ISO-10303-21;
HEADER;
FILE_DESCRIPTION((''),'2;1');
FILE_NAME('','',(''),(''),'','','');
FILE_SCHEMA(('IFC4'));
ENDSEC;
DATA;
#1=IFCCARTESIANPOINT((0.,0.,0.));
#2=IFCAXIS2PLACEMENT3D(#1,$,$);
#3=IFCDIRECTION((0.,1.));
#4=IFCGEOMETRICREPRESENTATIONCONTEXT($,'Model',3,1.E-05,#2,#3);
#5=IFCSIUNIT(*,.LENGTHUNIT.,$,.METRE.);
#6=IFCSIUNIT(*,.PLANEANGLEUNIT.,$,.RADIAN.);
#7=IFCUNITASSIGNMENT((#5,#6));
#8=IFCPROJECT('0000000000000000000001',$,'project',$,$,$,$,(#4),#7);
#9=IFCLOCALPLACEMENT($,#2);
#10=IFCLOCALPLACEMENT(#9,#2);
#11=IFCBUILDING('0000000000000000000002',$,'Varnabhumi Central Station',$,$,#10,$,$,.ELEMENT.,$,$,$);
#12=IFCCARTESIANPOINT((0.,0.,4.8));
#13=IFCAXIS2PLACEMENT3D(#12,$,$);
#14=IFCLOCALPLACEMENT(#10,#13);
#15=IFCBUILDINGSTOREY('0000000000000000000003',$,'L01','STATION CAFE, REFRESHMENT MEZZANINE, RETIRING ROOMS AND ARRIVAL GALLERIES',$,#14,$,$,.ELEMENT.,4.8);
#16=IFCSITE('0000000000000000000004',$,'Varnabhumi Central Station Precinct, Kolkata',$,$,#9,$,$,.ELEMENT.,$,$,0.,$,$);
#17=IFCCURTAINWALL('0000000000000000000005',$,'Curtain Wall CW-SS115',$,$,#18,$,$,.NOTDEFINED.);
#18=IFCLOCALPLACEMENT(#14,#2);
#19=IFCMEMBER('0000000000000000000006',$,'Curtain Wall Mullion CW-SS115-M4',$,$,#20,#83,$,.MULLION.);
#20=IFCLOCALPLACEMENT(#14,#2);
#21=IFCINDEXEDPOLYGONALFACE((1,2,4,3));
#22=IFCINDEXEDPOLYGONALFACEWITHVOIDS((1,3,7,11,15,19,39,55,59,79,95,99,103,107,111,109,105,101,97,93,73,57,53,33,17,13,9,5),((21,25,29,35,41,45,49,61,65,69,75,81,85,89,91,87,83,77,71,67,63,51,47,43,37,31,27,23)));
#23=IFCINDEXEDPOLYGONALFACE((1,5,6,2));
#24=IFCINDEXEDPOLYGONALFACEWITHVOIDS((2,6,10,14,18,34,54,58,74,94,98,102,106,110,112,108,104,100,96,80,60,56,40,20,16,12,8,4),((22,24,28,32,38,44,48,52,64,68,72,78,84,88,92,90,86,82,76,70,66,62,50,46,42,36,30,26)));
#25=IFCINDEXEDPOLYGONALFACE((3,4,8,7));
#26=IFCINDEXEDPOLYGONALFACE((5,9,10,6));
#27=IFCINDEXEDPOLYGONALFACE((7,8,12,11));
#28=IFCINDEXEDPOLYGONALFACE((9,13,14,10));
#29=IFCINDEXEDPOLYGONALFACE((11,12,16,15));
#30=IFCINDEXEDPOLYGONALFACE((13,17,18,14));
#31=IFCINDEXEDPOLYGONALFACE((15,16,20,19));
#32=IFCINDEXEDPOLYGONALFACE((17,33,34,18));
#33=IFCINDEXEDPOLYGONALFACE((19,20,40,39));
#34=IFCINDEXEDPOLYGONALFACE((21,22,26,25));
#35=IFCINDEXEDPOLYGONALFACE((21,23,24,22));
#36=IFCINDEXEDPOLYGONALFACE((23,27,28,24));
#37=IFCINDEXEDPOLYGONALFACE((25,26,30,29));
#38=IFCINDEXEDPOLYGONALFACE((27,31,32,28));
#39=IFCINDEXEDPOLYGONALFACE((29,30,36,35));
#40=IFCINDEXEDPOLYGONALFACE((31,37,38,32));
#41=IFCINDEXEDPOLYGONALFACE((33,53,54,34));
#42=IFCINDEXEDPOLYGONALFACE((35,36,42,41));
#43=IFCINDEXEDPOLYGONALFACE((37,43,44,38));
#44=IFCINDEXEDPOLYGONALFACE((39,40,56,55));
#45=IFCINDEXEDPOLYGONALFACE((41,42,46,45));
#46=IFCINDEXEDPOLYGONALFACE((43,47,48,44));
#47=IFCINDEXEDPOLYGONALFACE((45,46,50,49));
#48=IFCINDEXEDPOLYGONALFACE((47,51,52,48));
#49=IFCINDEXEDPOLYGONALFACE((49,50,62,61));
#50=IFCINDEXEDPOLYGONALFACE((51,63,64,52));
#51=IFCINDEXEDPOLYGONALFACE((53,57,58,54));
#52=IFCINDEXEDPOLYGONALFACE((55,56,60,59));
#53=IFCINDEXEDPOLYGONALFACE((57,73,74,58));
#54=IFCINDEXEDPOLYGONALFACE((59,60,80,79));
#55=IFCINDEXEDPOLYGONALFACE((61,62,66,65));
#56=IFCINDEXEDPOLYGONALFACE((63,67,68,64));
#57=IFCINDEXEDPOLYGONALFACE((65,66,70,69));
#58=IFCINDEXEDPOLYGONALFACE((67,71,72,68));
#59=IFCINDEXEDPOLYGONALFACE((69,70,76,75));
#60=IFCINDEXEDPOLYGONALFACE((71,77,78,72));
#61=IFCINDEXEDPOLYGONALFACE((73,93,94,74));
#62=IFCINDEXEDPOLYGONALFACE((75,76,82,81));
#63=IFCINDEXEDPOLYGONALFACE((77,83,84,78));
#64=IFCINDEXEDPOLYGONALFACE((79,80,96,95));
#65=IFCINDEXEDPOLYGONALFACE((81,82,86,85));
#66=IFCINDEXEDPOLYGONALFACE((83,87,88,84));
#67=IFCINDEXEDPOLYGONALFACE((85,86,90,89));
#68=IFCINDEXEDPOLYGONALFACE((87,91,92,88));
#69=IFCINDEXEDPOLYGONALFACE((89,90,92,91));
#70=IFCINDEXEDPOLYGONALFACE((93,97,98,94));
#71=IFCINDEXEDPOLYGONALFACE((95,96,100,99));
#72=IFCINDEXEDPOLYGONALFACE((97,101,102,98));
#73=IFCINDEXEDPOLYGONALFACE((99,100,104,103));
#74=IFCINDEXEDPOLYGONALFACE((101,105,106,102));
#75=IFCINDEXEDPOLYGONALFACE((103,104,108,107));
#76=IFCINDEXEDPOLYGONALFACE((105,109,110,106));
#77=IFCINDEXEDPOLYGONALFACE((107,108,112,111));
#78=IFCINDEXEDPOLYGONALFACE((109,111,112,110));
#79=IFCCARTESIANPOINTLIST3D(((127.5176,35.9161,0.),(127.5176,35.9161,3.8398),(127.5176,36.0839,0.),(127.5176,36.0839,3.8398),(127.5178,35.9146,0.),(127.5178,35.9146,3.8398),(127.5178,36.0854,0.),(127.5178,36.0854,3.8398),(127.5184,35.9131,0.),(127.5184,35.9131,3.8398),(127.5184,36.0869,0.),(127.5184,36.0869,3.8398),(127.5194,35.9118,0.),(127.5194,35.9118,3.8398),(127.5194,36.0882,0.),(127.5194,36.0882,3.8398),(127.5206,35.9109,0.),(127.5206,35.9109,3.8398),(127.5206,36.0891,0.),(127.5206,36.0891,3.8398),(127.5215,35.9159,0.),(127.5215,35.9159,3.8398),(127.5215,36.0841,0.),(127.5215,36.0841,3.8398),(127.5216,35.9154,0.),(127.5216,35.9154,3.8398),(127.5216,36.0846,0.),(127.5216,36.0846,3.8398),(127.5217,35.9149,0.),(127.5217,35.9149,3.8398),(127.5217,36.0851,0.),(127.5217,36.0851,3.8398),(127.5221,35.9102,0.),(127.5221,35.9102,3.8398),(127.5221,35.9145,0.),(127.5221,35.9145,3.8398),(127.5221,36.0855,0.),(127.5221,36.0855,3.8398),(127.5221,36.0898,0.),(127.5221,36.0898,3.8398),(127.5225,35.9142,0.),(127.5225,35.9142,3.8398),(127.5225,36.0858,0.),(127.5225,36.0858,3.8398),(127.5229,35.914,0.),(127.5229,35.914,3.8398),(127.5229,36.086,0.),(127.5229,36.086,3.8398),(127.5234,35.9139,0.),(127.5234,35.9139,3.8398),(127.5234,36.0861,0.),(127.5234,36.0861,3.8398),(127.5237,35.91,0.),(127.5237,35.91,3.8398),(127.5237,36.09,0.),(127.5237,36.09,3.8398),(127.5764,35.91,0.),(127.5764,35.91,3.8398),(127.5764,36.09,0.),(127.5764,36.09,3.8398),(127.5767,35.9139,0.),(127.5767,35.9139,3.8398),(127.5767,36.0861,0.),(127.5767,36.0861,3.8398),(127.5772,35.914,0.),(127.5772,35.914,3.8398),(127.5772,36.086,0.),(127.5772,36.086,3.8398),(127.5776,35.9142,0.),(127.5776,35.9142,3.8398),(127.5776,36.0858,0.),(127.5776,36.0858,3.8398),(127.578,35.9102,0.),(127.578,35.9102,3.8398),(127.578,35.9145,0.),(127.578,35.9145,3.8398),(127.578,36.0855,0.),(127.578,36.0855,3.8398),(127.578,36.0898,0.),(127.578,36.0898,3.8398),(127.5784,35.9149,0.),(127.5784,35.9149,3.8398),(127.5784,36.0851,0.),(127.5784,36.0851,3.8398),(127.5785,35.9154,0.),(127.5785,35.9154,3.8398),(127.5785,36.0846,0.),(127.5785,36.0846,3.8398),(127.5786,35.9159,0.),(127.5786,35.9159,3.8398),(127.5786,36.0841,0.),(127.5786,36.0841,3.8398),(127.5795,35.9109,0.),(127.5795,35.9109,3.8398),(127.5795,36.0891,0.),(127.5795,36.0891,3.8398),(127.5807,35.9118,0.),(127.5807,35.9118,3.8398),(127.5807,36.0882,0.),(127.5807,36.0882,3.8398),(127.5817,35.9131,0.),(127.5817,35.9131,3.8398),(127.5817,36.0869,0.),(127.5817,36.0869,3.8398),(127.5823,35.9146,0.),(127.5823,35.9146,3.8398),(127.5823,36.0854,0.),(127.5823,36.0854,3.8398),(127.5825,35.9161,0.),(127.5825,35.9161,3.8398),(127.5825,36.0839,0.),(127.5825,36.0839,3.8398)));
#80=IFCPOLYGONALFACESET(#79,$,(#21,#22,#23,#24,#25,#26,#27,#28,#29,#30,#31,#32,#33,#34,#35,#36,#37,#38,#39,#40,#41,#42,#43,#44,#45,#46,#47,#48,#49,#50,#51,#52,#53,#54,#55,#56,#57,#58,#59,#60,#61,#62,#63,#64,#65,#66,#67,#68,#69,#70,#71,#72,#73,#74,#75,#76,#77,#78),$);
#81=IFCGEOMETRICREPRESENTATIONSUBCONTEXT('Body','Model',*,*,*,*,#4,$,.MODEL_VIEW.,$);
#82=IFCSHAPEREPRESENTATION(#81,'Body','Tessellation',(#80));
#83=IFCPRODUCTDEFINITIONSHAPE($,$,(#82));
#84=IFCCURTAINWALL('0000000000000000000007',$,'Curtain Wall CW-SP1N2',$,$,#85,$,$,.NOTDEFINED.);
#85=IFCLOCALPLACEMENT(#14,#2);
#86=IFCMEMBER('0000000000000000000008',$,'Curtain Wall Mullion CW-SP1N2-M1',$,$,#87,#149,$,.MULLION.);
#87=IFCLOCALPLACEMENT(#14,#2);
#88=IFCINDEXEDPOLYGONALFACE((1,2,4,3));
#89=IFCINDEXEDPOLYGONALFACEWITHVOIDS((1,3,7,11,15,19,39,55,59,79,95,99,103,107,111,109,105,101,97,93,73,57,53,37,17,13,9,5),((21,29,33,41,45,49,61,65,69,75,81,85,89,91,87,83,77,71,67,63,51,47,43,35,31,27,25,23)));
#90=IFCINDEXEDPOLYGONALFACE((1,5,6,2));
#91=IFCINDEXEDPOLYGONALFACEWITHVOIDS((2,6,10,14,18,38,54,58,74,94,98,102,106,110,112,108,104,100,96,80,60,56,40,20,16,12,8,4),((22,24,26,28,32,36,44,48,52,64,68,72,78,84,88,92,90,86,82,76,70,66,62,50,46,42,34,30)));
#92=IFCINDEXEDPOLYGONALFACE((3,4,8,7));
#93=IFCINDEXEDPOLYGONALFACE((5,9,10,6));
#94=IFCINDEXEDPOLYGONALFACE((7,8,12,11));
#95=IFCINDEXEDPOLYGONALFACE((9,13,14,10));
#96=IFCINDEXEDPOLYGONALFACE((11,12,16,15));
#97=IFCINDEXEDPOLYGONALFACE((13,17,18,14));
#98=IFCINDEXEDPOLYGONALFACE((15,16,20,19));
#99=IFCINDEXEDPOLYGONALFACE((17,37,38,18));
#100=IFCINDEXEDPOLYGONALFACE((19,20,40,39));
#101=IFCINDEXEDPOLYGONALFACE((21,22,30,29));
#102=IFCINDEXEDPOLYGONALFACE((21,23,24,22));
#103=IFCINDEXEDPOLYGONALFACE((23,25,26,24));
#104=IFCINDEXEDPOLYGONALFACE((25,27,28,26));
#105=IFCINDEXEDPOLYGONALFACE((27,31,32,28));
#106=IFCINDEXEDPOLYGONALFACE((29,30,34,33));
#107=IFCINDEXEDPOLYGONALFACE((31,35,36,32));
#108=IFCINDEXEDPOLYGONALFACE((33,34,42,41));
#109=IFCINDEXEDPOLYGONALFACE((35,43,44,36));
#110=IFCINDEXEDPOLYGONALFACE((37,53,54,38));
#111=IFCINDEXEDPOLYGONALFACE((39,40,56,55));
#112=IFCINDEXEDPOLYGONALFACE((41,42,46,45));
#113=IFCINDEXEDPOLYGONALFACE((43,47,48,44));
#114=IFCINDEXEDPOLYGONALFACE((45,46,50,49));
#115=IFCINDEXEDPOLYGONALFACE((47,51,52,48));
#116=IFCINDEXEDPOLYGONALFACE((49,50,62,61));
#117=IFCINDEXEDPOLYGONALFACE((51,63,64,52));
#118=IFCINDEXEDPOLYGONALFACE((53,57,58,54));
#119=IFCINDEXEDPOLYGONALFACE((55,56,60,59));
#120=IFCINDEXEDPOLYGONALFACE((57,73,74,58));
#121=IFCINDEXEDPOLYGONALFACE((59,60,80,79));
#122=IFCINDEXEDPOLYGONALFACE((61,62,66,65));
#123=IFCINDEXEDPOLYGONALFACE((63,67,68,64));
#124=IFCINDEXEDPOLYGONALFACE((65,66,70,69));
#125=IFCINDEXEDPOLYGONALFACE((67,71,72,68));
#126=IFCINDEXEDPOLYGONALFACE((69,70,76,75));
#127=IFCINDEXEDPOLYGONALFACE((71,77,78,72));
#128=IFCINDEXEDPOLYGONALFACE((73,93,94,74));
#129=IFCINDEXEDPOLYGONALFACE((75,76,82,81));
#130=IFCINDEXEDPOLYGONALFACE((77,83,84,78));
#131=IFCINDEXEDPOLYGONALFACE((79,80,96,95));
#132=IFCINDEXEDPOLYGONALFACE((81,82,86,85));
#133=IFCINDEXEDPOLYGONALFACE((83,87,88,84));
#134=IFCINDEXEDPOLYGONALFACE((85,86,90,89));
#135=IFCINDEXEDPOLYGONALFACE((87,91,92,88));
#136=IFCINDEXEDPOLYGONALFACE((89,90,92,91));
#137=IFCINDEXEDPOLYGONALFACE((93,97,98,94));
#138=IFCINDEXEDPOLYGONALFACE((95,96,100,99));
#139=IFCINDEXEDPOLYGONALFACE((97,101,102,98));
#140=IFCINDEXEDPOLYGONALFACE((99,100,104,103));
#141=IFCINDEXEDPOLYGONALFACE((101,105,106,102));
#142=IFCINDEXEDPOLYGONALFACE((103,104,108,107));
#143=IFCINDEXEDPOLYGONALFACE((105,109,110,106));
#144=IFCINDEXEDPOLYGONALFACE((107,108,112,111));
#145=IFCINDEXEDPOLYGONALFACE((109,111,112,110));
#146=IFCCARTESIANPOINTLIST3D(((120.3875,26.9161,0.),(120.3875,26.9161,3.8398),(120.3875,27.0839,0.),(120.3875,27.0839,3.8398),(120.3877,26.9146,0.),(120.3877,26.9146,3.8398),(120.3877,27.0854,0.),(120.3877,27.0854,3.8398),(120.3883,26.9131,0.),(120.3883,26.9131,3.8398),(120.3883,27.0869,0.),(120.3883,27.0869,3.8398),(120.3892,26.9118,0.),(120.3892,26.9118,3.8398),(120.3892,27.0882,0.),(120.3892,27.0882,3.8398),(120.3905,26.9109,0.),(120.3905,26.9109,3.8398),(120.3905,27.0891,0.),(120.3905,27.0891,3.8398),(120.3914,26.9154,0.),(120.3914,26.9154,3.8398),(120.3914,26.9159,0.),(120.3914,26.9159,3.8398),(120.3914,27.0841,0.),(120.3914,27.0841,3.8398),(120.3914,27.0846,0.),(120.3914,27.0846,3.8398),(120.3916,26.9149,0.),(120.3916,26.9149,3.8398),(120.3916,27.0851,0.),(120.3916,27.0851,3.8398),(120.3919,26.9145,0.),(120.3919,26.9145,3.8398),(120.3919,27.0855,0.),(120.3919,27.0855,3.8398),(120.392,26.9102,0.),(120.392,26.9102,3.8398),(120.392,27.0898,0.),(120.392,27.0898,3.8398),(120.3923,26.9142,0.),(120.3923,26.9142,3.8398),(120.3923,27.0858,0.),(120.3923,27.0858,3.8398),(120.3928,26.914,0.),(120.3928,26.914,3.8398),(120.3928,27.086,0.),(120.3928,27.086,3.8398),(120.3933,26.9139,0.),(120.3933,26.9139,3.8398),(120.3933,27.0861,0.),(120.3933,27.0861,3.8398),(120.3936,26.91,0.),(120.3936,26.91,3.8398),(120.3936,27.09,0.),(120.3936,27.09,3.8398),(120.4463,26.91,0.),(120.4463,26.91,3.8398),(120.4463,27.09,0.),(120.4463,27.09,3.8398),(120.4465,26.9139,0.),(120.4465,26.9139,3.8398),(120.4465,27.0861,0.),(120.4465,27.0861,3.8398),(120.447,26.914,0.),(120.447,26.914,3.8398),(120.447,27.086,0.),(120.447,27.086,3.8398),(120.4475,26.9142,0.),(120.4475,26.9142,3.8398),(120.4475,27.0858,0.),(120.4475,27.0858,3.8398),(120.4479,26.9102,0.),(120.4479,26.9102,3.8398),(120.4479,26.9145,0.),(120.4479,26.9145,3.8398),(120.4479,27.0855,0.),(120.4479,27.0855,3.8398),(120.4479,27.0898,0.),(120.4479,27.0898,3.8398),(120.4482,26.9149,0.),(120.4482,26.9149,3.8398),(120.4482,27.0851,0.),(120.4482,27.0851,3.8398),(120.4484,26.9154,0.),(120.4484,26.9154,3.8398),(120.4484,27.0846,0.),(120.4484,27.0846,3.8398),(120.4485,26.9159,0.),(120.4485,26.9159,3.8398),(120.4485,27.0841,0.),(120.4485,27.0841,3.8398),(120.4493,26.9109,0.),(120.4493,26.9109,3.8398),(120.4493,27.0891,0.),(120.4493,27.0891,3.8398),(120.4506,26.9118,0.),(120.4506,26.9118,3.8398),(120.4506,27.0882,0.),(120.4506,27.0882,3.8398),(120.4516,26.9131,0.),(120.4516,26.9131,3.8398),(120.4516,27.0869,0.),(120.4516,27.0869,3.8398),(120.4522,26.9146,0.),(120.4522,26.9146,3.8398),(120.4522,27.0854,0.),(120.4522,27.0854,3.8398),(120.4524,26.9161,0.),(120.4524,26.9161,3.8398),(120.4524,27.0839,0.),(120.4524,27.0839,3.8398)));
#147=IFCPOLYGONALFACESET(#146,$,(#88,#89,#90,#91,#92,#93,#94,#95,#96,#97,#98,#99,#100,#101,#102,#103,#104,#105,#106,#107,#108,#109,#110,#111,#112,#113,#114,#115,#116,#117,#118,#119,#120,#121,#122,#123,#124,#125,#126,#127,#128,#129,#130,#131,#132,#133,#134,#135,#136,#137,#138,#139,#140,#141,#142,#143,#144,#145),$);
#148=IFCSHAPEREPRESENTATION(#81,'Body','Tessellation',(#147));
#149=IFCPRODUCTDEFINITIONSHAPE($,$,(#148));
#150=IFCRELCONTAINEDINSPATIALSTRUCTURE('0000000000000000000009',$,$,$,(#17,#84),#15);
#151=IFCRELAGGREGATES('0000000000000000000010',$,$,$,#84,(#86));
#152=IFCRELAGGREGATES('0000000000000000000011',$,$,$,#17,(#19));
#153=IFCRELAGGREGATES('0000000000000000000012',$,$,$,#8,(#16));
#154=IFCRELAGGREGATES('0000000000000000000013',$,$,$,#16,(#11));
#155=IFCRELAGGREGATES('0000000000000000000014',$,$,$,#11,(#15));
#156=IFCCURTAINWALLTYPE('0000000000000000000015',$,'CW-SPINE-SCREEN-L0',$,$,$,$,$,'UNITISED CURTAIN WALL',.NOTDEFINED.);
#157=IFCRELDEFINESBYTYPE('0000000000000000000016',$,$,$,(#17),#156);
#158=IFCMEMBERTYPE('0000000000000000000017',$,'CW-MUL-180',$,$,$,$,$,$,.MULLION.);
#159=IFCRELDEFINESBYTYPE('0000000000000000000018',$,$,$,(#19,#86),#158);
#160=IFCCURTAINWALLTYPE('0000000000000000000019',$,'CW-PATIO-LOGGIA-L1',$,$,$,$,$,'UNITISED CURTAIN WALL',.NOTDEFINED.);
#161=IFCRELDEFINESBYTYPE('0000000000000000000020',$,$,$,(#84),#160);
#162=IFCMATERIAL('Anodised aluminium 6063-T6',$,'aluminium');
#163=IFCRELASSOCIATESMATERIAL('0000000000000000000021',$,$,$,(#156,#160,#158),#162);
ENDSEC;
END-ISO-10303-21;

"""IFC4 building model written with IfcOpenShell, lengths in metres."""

from ifc_helpers import new_model, si_unit, direction, frame, origin, origin_2d, place, context, subcontext, project, spatial, hollow_rectangle, extrude, material, material_profile, profile_set, type_object, element, aggregate, save


model = new_model("IFC4")

# Units and contexts
model_context = context("Model", 3, precision=1e-05, world=origin(), true_north=direction((0.0, 1.0)))
body_context = subcontext(model_context, "Body", "Model", "MODEL_VIEW")
ifc_project = project(units=[si_unit("LENGTHUNIT", "METRE"), si_unit("PLANEANGLEUNIT", "RADIAN")], contexts=[model_context])

# Site, building, storey
site_placement = place(None, origin())
site = spatial("IfcSite", under=ifc_project, at=site_placement, Name="Varnabhumi Central Station Precinct, Kolkata", CompositionType="ELEMENT", RefElevation=0.0)
building_placement = place(site_placement, origin())
building = spatial("IfcBuilding", under=site, at=building_placement, Name="Varnabhumi Central Station", CompositionType="ELEMENT")
storey_placement = place(building_placement, frame((0.0, 0.0, 4.8)))
storey = spatial("IfcBuildingStorey", under=building, at=storey_placement, Name="L01", Description="STATION CAFE, REFRESHMENT MEZZANINE, RETIRING ROOMS AND ARRIVAL GALLERIES", CompositionType="ELEMENT", Elevation=4.8)

# Curtain walls, members
ifc_material_1 = material(Name="Anodised aluminium 6063-T6", Category="aluminium")
curtain_wall_type_1 = type_object("IfcCurtainWallType", Name="CW-SPINE-SCREEN-L0", ElementType="UNITISED CURTAIN WALL", PredefinedType="NOTDEFINED", material=ifc_material_1)
curtain_wall_1_placement = place(storey_placement, origin())
curtain_wall_1 = element("IfcCurtainWall", 1, at=curtain_wall_1_placement, inside=storey, type_object=curtain_wall_type_1, Name="Curtain Wall CW-SS115", PredefinedType="NOTDEFINED")
ifc_material_profile_1 = material_profile(ifc_material_1, hollow_rectangle(XDim=0.0649, YDim=0.1799, WallThickness=0.0039, InnerFilletRadius=0.002, OuterFilletRadius=0.0061, at=origin_2d()), Name="Anodised aluminium 6063-T6", Category="aluminium")
ifc_profile_set_1 = profile_set([ifc_material_profile_1], Name="Anodised aluminium 6063-T6")
member_type_1 = type_object("IfcMemberType", Name="CW-MUL-180", PredefinedType="MULLION", material=ifc_profile_set_1)
member_1_placement = place(storey_placement, frame((127.55, 36.0, 0.0), z_axis=(0.0, 0.0, 1.0), x_axis=(1.0, 0.0, 0.0)))
member_1 = element("IfcMember", 2, at=member_1_placement, type_object=member_type_1, Name="Curtain Wall Mullion CW-SS115-M4", PredefinedType="MULLION", context=body_context, shape_type="SweptSolid", body=[
    extrude(hollow_rectangle(XDim=0.0649, YDim=0.1799, WallThickness=0.0039, InnerFilletRadius=0.002, OuterFilletRadius=0.0061, at=origin_2d()), origin(), (0.0, 0.0, 1.0), 3.8398),
])
curtain_wall_type_2 = type_object("IfcCurtainWallType", Name="CW-PATIO-LOGGIA-L1", ElementType="UNITISED CURTAIN WALL", PredefinedType="NOTDEFINED", material=ifc_material_1)
curtain_wall_2_placement = place(storey_placement, origin())
curtain_wall_2 = element("IfcCurtainWall", 3, at=curtain_wall_2_placement, inside=storey, type_object=curtain_wall_type_2, Name="Curtain Wall CW-SP1N2", PredefinedType="NOTDEFINED")
member_2_placement = place(storey_placement, frame((120.4199, 27.0, 0.0), z_axis=(0.0, 0.0, 1.0), x_axis=(1.0, 0.0, 0.0)))
member_2 = element("IfcMember", 4, at=member_2_placement, type_object=member_type_1, Name="Curtain Wall Mullion CW-SP1N2-M1", PredefinedType="MULLION", context=body_context, shape_type="SweptSolid", body=[
    extrude(hollow_rectangle(XDim=0.0649, YDim=0.1799, WallThickness=0.0039, InnerFilletRadius=0.002, OuterFilletRadius=0.0061, at=origin_2d()), origin(), (0.0, 0.0, 1.0), 3.8398),
])

aggregate(curtain_wall_2, [member_2])
aggregate(curtain_wall_1, [member_1])

save(model, "model.ifc")
